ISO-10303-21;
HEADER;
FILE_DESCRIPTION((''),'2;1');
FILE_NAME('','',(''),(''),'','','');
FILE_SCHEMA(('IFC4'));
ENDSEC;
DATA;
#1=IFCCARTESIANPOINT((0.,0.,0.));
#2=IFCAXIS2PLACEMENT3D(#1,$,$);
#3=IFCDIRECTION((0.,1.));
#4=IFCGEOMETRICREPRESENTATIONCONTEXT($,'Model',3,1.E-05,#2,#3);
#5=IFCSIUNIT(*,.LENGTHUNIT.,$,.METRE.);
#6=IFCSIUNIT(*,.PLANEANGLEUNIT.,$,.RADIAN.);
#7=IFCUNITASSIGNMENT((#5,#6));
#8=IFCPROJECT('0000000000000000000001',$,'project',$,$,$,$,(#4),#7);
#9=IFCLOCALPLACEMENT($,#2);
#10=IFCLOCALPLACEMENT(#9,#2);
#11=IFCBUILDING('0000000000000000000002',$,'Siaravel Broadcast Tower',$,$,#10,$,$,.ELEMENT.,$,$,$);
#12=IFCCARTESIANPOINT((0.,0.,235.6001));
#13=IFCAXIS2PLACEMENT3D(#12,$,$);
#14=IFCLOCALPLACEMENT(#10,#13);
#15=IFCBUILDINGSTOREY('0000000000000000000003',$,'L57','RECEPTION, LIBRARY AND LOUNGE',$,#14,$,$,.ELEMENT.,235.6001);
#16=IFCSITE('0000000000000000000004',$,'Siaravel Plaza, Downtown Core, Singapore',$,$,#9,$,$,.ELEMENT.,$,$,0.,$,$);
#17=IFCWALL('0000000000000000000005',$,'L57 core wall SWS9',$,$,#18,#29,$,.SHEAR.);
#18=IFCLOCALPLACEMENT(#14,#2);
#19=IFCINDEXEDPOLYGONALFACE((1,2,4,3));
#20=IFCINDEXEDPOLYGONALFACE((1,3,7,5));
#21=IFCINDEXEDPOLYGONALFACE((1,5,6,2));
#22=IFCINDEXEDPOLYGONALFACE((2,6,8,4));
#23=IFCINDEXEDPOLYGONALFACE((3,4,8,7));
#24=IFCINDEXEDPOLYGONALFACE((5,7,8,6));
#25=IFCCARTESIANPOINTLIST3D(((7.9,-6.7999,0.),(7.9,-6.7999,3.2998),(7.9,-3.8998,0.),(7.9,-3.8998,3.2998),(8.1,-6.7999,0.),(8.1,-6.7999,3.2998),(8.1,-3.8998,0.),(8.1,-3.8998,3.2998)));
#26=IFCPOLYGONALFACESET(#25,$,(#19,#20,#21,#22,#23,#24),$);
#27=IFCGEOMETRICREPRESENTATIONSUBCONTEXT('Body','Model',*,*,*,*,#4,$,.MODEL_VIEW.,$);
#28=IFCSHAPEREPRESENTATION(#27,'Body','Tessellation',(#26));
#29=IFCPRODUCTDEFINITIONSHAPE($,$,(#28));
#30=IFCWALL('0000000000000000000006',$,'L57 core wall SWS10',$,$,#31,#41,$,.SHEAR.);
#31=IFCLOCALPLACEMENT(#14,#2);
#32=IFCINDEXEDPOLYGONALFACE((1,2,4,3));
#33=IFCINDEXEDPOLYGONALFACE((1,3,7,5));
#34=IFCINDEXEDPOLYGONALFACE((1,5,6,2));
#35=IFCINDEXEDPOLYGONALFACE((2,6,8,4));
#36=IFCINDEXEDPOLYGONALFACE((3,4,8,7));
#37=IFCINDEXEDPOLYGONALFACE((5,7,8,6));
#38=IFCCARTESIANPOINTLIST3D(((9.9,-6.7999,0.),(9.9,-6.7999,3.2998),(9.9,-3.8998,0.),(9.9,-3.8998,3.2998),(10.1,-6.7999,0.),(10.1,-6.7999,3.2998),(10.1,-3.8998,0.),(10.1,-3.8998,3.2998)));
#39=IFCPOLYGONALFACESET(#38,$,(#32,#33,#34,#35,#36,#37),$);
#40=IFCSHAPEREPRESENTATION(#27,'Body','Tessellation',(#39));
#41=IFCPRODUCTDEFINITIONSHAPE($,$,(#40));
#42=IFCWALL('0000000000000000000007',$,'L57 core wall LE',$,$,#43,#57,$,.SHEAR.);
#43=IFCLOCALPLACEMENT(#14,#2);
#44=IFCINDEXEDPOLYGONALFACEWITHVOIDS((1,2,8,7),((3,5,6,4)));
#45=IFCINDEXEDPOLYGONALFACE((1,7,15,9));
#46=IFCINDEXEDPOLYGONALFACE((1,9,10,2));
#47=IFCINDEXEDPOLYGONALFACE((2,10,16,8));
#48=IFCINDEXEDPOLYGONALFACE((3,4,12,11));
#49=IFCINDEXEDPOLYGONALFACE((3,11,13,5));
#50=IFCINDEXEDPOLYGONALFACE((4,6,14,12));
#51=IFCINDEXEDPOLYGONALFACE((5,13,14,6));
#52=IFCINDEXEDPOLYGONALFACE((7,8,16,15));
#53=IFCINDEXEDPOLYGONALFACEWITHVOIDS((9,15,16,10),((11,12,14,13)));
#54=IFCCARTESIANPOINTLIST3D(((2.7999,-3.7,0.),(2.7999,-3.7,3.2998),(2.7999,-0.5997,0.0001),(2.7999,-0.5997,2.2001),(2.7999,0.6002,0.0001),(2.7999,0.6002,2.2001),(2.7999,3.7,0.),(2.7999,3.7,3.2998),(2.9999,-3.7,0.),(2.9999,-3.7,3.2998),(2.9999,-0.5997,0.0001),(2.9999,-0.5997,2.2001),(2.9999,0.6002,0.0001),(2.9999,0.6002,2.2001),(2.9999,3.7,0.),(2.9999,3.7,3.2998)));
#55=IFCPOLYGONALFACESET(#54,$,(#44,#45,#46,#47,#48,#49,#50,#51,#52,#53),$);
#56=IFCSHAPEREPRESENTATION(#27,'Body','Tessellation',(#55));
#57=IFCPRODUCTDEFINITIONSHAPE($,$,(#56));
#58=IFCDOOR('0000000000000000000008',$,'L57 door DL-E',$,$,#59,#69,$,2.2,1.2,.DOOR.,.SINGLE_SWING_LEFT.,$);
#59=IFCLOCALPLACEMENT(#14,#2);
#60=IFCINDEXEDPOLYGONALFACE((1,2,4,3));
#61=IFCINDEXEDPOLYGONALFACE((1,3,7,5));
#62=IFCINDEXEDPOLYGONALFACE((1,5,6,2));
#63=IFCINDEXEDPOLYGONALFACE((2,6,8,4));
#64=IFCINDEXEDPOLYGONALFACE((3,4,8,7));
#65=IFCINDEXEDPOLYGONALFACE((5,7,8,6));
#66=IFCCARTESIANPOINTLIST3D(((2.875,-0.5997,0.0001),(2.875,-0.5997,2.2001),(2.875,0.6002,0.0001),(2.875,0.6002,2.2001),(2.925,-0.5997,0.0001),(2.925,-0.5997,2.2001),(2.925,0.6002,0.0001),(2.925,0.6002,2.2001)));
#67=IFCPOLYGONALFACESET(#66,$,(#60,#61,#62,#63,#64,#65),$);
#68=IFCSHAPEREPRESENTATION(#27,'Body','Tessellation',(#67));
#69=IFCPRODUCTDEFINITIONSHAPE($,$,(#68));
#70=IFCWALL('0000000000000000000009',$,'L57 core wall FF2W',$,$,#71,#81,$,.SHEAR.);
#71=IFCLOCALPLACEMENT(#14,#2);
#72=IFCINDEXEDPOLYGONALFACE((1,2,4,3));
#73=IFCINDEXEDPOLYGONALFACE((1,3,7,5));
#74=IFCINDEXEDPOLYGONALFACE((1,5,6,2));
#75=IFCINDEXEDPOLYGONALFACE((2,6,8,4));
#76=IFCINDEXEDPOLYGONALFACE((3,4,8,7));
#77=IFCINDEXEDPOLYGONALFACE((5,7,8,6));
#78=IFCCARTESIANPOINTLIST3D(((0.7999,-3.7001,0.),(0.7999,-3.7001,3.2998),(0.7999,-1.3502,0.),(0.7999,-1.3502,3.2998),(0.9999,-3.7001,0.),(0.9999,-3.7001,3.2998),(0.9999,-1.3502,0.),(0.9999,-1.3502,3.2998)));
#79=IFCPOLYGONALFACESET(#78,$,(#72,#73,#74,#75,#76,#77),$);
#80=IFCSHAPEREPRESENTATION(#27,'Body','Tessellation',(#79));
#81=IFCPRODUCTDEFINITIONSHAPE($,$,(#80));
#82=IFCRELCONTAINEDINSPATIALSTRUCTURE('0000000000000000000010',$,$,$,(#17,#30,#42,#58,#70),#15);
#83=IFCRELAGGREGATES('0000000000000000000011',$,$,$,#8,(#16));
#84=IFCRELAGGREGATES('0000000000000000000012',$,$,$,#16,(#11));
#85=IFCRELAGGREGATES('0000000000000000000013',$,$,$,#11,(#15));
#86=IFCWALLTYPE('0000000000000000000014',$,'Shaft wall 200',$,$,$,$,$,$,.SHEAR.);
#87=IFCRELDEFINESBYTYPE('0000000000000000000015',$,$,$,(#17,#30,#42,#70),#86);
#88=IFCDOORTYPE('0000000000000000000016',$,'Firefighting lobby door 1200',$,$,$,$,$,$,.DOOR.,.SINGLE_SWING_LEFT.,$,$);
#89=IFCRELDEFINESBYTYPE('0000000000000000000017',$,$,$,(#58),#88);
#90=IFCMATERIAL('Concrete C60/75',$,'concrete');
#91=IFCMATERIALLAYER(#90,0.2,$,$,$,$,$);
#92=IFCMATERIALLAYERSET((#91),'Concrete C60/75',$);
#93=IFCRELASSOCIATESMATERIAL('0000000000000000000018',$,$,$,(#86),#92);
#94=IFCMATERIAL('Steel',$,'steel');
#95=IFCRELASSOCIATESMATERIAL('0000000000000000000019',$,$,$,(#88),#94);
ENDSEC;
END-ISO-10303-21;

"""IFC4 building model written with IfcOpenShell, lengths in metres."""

from ifc_helpers import new_model, si_unit, direction, frame, frame_2d, origin, place, context, subcontext, project, spatial, rectangle, extrude, material, layer, layer_set, type_object, element, fill, save


model = new_model("IFC4")

# Units and contexts
model_context = context("Model", 3, precision=1e-05, world=origin(), true_north=direction((0.0, 1.0)))
body_context = subcontext(model_context, "Body", "Model", "MODEL_VIEW")
ifc_project = project(units=[si_unit("LENGTHUNIT", "METRE"), si_unit("PLANEANGLEUNIT", "RADIAN")], contexts=[model_context])

# Site, building, storey
site_placement = place(None, origin())
site = spatial("IfcSite", under=ifc_project, at=site_placement, Name="Siaravel Plaza, Downtown Core, Singapore", CompositionType="ELEMENT", RefElevation=0.0)
building_placement = place(site_placement, origin())
building = spatial("IfcBuilding", under=site, at=building_placement, Name="Siaravel Broadcast Tower", CompositionType="ELEMENT")
storey_placement = place(building_placement, frame((0.0, 0.0, 235.6001)))
storey = spatial("IfcBuildingStorey", under=building, at=storey_placement, Name="L57", Description="RECEPTION, LIBRARY AND LOUNGE", CompositionType="ELEMENT", Elevation=235.6001)

# Shared definitions
ifc_material_1 = material(Name="Concrete C60/75", Category="concrete")
ifc_material_2 = material(Name="Steel", Category="steel")

# Walls
ifc_layer_1 = layer(ifc_material_1, 0.2)
ifc_layer_set_1 = layer_set([ifc_layer_1], Name="Concrete C60/75")
wall_type_1 = type_object("IfcWallType", Name="Shaft wall 200", PredefinedType="SHEAR", material=ifc_layer_set_1)
for number, where, z_axis, x_axis, name in (
    (1, (8.0, -6.8, 0.0), (0.0, 0.0, 1.0), (0.0, 1.0, 0.0), "L57 core wall SWS9"),
    (2, (10.0, -6.8, 0.0), (0.0, 0.0, 1.0), (0.0, 1.0, 0.0), "L57 core wall SWS10"),
):
    element("IfcWall", number, at=place(storey_placement, frame(where, z_axis=z_axis, x_axis=x_axis)), inside=storey, type_object=wall_type_1, Name=name, PredefinedType="SHEAR", context=body_context, shape_type="SweptSolid", body=[
        extrude(rectangle(XDim=2.9001, YDim=0.2, at=frame_2d((1.4502, 0.0))), origin(), (0.0, 0.0, 1.0), 3.2998),
    ])

# Wall, opening, door
wall_1_placement = place(storey_placement, frame((2.8999, -3.7, 0.0), z_axis=(0.0, 0.0, 1.0), x_axis=(0.0, 1.0, 0.0)))
wall_1 = element("IfcWall", 3, at=wall_1_placement, inside=storey, type_object=wall_type_1, Name="L57 core wall LE", PredefinedType="SHEAR", context=body_context, shape_type="SweptSolid", body=[
    extrude(rectangle(XDim=7.3999, YDim=0.2, at=frame_2d((3.7, 0.0))), origin(), (0.0, 0.0, 1.0), 3.2998),
])
opening_1_placement = place(wall_1_placement, frame((3.1001, 0.0, 0.0)))
opening_1 = element("IfcOpeningElement", 4, at=opening_1_placement, cuts=wall_1, PredefinedType="OPENING", context=body_context, shape_type="SweptSolid", body=[
    extrude(rectangle(XDim=1.2, YDim=2.2, at=frame_2d((0.6001, 1.1001))), frame((0.0, 0.1099, 0.0), z_axis=(0.0, -1.0, 0.0), x_axis=(1.0, 0.0, 0.0)), (0.0, 0.0, 1.0), 0.22),
])
door_type_1 = type_object("IfcDoorType", Name="Firefighting lobby door 1200", OperationType="SINGLE_SWING_LEFT", PredefinedType="DOOR", material=ifc_material_2)
door_1_placement = place(opening_1_placement, origin())
door_1 = element("IfcDoor", 5, at=door_1_placement, inside=storey, type_object=door_type_1, Name="L57 door DL-E", OperationType="SINGLE_SWING_LEFT", OverallHeight=2.2, OverallWidth=1.2, PredefinedType="DOOR", context=body_context, shape_type="SweptSolid", body=[
    extrude(rectangle(XDim=1.2, YDim=2.2, at=frame_2d((0.6001, 1.1001))), frame((0.0, 0.0249, 0.0), z_axis=(0.0, -1.0, 0.0), x_axis=(1.0, 0.0, 0.0)), (0.0, 0.0, 1.0), 0.05),
])
fill(opening_1, door_1)

# Wall
wall_2_placement = place(storey_placement, frame((0.8999, -3.7, 0.0), z_axis=(0.0, 0.0, 1.0), x_axis=(0.0, 1.0, 0.0)))
element("IfcWall", 6, at=wall_2_placement, inside=storey, type_object=wall_type_1, Name="L57 core wall FF2W", PredefinedType="SHEAR", context=body_context, shape_type="SweptSolid", body=[
    extrude(rectangle(XDim=2.3499, YDim=0.2, at=frame_2d((1.1748, 0.0))), origin(), (0.0, 0.0, 1.0), 3.2998),
])

save(model, "model.ifc")
